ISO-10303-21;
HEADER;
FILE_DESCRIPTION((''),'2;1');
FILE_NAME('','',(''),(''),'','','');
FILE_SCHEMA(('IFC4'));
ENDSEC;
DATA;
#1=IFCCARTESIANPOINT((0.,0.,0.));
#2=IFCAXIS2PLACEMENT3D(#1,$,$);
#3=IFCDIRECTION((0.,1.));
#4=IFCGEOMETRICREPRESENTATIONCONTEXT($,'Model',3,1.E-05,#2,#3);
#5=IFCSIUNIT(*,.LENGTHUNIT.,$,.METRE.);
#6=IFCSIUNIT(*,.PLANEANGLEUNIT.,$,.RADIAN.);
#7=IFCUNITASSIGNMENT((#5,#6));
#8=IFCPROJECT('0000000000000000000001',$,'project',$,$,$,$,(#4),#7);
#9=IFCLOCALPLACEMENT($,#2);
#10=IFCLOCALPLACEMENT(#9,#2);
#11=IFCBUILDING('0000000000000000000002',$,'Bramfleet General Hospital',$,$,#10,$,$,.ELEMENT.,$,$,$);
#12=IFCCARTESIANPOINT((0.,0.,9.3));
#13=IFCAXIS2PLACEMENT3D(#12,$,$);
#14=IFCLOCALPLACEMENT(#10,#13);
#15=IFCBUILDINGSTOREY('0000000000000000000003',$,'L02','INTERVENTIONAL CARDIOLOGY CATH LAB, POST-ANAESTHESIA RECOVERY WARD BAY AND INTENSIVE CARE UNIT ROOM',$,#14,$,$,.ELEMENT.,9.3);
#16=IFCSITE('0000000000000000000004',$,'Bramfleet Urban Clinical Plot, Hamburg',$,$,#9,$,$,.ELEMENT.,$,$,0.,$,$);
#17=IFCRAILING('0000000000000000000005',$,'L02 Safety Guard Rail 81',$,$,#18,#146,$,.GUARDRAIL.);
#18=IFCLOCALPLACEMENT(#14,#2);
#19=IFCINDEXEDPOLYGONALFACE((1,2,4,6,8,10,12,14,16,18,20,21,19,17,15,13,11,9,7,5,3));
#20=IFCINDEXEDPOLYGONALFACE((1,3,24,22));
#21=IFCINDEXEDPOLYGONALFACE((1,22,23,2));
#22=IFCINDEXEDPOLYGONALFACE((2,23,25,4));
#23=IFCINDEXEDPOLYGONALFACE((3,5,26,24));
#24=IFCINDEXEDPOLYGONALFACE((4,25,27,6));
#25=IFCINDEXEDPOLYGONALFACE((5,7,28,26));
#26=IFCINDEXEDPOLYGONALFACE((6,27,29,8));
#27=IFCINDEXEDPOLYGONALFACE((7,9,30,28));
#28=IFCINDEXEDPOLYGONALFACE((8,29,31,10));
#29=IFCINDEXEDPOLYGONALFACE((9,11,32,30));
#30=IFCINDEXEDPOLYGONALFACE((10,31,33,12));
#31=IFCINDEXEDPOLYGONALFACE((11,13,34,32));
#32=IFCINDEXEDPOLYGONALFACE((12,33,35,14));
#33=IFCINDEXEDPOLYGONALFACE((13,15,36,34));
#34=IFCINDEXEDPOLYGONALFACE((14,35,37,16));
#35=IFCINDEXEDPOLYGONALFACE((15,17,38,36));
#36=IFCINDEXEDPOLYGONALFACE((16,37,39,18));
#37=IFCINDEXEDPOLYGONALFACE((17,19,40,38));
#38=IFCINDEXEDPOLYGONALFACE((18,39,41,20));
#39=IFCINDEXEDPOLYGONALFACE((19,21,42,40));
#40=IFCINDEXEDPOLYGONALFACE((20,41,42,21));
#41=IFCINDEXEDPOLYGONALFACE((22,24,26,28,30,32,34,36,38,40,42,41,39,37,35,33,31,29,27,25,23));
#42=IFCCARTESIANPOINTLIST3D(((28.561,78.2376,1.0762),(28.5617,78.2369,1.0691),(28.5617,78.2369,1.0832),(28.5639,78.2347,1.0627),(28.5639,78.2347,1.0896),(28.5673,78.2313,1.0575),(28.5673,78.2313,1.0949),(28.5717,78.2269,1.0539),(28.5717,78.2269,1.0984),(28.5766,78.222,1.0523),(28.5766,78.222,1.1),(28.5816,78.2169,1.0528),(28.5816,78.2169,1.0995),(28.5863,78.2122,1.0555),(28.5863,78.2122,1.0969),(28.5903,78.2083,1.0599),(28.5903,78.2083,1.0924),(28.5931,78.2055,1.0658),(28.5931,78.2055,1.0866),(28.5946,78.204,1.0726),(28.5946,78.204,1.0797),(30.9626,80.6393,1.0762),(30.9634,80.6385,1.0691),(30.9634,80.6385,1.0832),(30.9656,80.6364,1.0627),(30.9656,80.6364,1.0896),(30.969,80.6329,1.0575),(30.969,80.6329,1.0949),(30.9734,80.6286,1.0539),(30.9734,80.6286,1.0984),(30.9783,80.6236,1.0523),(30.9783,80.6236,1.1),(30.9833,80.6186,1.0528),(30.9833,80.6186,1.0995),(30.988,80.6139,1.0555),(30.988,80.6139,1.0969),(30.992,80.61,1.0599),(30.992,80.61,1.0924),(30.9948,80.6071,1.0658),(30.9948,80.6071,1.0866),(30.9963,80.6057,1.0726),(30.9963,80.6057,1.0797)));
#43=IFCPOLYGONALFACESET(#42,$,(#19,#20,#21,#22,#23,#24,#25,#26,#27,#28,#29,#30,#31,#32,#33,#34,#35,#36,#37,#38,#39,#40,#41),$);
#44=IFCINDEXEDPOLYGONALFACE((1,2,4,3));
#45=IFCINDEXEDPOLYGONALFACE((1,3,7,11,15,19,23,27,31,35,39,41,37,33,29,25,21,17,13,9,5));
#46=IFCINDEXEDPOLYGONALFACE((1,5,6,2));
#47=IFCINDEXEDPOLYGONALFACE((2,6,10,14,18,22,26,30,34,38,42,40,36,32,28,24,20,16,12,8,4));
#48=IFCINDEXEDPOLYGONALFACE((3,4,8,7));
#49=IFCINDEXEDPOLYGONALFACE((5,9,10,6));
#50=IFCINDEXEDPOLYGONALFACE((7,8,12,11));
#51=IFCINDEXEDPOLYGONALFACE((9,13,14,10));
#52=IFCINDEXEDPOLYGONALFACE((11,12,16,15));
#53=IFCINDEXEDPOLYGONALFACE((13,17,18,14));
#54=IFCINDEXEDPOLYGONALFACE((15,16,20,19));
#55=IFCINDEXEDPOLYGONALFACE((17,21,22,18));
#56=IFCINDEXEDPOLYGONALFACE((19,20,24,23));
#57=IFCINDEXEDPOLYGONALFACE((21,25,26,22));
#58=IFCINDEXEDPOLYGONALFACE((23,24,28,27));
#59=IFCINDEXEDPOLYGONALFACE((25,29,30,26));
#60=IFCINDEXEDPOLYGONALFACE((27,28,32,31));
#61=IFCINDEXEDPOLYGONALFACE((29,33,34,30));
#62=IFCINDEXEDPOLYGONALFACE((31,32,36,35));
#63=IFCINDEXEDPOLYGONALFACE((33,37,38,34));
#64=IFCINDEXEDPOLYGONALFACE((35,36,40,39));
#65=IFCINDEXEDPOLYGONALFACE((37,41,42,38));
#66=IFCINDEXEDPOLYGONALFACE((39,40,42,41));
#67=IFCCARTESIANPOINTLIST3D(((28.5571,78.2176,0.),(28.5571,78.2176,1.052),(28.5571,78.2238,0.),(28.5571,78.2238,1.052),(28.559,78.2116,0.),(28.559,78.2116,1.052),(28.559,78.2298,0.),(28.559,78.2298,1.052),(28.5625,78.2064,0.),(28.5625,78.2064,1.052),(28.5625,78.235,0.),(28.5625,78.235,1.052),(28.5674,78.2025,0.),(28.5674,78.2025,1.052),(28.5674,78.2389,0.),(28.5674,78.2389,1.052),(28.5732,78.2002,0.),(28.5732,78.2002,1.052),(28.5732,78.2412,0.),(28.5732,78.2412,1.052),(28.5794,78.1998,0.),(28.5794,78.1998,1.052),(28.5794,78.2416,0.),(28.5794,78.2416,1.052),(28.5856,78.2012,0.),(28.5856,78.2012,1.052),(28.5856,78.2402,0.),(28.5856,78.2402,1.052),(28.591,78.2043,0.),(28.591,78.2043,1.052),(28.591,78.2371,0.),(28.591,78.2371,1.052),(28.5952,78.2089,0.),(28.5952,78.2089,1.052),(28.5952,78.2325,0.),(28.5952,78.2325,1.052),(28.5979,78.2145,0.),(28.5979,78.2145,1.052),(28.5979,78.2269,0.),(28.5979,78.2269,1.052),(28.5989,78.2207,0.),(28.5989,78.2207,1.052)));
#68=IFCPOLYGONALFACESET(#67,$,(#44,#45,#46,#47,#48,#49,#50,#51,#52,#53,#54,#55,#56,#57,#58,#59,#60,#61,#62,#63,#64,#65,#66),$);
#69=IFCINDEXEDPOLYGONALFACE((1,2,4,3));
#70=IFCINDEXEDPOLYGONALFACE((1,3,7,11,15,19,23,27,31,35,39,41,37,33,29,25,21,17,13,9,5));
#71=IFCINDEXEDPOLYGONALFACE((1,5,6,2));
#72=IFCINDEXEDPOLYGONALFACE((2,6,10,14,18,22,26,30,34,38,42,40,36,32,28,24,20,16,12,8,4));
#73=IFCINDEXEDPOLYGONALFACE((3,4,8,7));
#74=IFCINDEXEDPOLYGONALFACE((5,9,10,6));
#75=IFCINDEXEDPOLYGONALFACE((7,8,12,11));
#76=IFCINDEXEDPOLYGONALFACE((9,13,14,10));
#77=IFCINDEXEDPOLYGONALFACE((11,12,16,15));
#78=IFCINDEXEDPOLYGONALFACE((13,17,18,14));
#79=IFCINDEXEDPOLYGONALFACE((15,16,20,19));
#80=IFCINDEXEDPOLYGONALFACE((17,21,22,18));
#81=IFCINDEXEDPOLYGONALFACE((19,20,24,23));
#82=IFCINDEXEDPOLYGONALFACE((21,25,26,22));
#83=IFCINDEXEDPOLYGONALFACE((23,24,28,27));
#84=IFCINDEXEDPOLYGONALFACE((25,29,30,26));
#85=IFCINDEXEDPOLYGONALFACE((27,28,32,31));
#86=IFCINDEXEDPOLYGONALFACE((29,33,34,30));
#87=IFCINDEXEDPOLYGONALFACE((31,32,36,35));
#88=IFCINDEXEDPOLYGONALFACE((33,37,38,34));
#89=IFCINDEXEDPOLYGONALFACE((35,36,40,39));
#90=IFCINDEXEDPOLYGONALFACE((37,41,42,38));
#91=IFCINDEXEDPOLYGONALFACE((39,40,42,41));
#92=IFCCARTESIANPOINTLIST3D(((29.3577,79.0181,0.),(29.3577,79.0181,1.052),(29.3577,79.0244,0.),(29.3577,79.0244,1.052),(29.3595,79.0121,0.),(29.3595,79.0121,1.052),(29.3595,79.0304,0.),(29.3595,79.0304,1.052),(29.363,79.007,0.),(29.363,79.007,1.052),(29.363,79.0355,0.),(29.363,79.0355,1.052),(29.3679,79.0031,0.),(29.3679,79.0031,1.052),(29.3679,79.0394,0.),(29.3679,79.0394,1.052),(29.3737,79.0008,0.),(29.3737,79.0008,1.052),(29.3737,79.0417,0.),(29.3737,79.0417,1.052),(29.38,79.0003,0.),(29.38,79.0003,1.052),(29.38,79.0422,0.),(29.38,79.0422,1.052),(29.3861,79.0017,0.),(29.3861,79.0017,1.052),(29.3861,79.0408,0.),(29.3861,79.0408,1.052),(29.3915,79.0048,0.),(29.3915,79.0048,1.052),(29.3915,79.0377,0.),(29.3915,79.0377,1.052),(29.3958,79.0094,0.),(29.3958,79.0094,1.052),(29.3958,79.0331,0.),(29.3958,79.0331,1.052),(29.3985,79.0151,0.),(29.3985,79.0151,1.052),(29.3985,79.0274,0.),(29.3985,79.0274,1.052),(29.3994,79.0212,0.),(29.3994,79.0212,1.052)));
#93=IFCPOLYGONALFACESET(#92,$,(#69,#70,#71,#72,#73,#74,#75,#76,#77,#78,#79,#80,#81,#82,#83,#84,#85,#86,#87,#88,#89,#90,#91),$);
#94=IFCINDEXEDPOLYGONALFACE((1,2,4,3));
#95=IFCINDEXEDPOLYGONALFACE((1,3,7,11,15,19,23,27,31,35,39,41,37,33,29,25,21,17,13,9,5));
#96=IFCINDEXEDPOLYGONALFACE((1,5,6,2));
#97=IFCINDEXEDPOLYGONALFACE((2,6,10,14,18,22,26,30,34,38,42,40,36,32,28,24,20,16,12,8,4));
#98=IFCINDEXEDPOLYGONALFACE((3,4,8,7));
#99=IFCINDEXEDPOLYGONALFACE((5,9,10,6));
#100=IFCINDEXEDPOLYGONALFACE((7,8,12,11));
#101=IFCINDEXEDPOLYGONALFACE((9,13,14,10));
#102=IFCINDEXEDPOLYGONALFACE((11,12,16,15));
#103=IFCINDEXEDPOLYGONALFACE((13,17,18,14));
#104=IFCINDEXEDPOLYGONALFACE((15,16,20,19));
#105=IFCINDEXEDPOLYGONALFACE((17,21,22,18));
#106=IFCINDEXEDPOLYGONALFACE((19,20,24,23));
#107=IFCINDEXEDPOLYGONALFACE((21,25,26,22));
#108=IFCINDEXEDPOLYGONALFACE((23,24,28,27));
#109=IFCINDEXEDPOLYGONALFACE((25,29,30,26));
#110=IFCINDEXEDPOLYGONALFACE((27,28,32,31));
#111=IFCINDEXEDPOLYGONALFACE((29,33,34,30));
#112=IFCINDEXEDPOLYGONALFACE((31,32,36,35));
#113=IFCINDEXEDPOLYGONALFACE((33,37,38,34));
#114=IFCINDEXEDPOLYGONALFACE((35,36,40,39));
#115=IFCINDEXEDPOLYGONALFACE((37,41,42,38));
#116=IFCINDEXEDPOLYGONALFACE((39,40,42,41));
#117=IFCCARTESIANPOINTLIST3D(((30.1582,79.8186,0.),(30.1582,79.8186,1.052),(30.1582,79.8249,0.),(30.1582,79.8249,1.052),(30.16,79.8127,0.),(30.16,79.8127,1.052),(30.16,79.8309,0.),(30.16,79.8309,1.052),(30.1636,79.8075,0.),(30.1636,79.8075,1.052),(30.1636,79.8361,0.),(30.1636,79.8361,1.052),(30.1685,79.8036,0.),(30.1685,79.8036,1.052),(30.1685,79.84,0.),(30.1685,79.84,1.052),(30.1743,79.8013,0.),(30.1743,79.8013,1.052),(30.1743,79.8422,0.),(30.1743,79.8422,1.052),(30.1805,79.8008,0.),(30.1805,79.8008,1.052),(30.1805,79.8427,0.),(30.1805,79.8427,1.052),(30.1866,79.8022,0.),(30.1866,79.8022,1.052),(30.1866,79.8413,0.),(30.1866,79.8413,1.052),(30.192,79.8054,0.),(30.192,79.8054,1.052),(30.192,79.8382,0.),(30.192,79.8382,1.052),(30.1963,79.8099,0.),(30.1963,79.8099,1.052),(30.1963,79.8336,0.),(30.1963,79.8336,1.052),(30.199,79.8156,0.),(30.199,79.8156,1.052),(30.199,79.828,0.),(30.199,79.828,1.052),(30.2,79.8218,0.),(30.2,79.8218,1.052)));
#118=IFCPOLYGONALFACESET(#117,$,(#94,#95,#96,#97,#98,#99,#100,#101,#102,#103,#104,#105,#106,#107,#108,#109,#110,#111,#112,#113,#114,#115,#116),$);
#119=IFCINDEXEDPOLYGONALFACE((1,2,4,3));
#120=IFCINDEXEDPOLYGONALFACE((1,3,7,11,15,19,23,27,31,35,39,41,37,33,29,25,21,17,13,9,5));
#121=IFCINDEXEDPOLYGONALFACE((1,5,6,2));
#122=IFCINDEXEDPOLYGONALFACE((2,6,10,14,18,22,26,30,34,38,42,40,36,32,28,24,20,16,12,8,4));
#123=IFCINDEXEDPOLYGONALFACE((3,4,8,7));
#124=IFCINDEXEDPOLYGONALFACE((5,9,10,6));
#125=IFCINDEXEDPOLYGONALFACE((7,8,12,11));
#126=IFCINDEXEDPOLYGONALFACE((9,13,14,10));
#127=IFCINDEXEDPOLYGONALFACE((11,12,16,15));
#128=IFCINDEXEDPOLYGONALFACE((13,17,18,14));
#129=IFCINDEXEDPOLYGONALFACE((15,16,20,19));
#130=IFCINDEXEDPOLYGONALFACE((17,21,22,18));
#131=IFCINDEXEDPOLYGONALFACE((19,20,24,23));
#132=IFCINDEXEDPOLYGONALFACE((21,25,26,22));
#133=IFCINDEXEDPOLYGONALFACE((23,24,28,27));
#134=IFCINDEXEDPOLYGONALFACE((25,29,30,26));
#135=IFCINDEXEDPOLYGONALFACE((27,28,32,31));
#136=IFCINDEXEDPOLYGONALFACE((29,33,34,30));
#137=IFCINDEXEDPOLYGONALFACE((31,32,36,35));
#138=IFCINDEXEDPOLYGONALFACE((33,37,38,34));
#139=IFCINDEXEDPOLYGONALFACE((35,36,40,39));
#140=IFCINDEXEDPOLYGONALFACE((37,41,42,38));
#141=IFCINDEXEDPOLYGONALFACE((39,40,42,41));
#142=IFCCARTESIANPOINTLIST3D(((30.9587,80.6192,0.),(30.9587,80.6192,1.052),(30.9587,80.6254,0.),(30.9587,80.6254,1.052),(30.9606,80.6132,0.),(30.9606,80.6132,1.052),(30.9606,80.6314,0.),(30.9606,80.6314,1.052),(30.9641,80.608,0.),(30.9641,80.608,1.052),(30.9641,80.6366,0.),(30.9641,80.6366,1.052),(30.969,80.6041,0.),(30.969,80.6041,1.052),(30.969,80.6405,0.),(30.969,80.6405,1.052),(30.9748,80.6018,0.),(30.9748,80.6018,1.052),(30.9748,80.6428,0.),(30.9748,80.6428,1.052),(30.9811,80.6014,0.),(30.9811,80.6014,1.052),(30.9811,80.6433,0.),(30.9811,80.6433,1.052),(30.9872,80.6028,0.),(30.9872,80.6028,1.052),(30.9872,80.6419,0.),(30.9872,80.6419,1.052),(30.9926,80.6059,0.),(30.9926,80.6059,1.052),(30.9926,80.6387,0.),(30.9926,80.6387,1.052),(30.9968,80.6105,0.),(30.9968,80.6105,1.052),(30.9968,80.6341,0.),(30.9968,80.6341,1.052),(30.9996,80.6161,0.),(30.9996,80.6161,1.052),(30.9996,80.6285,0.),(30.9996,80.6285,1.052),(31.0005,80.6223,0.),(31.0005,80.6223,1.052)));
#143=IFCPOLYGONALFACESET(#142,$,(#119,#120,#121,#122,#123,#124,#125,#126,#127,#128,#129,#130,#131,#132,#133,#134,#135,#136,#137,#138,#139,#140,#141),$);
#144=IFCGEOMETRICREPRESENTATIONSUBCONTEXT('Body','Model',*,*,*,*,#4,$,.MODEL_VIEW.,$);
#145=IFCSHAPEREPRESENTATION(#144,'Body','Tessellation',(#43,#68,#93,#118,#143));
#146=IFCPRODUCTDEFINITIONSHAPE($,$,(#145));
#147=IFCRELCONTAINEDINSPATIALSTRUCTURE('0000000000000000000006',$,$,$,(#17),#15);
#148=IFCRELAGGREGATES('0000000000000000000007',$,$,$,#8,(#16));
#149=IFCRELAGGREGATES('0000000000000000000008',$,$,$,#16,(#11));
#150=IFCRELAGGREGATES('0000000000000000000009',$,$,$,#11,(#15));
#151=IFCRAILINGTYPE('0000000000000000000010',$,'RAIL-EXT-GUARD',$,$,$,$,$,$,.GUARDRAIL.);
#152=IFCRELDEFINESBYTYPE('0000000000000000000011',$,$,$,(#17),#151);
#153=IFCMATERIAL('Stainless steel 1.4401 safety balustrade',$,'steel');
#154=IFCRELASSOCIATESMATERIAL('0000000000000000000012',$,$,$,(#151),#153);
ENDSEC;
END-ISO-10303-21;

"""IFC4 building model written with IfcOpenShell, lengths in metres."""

from ifc_helpers import new_model, si_unit, direction, frame, origin, origin_2d, place, context, subcontext, project, spatial, circle, extrude, material, type_object, element, save


model = new_model("IFC4")

# Units and contexts
model_context = context("Model", 3, precision=1e-05, world=origin(), true_north=direction((0.0, 1.0)))
body_context = subcontext(model_context, "Body", "Model", "MODEL_VIEW")
ifc_project = project(units=[si_unit("LENGTHUNIT", "METRE"), si_unit("PLANEANGLEUNIT", "RADIAN")], contexts=[model_context])

# Site, building, storey
site_placement = place(None, origin())
site = spatial("IfcSite", under=ifc_project, at=site_placement, Name="Bramfleet Urban Clinical Plot, Hamburg", CompositionType="ELEMENT", RefElevation=0.0)
building_placement = place(site_placement, origin())
building = spatial("IfcBuilding", under=site, at=building_placement, Name="Bramfleet General Hospital", CompositionType="ELEMENT")
storey_placement = place(building_placement, frame((0.0, 0.0, 9.3)))
storey = spatial("IfcBuildingStorey", under=building, at=storey_placement, Name="L02", Description="INTERVENTIONAL CARDIOLOGY CATH LAB, POST-ANAESTHESIA RECOVERY WARD BAY AND INTENSIVE CARE UNIT ROOM", CompositionType="ELEMENT", Elevation=9.3)

# Railing
ifc_material_1 = material(Name="Stainless steel 1.4401 safety balustrade", Category="steel")
railing_type = type_object("IfcRailingType", Name="RAIL-EXT-GUARD", PredefinedType="GUARDRAIL", material=ifc_material_1)
railing_1_placement = place(storey_placement, frame((28.5779, 78.2207, 0.0)))
element("IfcRailing", 1, at=railing_1_placement, inside=storey, type_object=railing_type, Name="L02 Safety Guard Rail 81", PredefinedType="GUARDRAIL", context=body_context, shape_type="SweptSolid", body=[
    extrude(circle(Radius=0.0239, at=origin_2d()), frame((0.0, 0.0, 1.0762), z_axis=(0.707107, 0.707107, 0.0), x_axis=(-0.707107, 0.707107, 0.0)), (0.0, 0.0, 1.0), 3.3965),
    extrude(circle(Radius=0.021, at=origin_2d()), origin(), (0.0, 0.0, 1.0), 1.052),
    extrude(circle(Radius=0.021, at=origin_2d()), frame((0.8005, 0.8005, 0.0)), (0.0, 0.0, 1.0), 1.052),
    extrude(circle(Radius=0.021, at=origin_2d()), frame((1.6011, 1.6011, 0.0)), (0.0, 0.0, 1.0), 1.052),
    extrude(circle(Radius=0.021, at=origin_2d()), frame((2.4016, 2.4016, 0.0)), (0.0, 0.0, 1.0), 1.052),
])

save(model, "model.ifc")
